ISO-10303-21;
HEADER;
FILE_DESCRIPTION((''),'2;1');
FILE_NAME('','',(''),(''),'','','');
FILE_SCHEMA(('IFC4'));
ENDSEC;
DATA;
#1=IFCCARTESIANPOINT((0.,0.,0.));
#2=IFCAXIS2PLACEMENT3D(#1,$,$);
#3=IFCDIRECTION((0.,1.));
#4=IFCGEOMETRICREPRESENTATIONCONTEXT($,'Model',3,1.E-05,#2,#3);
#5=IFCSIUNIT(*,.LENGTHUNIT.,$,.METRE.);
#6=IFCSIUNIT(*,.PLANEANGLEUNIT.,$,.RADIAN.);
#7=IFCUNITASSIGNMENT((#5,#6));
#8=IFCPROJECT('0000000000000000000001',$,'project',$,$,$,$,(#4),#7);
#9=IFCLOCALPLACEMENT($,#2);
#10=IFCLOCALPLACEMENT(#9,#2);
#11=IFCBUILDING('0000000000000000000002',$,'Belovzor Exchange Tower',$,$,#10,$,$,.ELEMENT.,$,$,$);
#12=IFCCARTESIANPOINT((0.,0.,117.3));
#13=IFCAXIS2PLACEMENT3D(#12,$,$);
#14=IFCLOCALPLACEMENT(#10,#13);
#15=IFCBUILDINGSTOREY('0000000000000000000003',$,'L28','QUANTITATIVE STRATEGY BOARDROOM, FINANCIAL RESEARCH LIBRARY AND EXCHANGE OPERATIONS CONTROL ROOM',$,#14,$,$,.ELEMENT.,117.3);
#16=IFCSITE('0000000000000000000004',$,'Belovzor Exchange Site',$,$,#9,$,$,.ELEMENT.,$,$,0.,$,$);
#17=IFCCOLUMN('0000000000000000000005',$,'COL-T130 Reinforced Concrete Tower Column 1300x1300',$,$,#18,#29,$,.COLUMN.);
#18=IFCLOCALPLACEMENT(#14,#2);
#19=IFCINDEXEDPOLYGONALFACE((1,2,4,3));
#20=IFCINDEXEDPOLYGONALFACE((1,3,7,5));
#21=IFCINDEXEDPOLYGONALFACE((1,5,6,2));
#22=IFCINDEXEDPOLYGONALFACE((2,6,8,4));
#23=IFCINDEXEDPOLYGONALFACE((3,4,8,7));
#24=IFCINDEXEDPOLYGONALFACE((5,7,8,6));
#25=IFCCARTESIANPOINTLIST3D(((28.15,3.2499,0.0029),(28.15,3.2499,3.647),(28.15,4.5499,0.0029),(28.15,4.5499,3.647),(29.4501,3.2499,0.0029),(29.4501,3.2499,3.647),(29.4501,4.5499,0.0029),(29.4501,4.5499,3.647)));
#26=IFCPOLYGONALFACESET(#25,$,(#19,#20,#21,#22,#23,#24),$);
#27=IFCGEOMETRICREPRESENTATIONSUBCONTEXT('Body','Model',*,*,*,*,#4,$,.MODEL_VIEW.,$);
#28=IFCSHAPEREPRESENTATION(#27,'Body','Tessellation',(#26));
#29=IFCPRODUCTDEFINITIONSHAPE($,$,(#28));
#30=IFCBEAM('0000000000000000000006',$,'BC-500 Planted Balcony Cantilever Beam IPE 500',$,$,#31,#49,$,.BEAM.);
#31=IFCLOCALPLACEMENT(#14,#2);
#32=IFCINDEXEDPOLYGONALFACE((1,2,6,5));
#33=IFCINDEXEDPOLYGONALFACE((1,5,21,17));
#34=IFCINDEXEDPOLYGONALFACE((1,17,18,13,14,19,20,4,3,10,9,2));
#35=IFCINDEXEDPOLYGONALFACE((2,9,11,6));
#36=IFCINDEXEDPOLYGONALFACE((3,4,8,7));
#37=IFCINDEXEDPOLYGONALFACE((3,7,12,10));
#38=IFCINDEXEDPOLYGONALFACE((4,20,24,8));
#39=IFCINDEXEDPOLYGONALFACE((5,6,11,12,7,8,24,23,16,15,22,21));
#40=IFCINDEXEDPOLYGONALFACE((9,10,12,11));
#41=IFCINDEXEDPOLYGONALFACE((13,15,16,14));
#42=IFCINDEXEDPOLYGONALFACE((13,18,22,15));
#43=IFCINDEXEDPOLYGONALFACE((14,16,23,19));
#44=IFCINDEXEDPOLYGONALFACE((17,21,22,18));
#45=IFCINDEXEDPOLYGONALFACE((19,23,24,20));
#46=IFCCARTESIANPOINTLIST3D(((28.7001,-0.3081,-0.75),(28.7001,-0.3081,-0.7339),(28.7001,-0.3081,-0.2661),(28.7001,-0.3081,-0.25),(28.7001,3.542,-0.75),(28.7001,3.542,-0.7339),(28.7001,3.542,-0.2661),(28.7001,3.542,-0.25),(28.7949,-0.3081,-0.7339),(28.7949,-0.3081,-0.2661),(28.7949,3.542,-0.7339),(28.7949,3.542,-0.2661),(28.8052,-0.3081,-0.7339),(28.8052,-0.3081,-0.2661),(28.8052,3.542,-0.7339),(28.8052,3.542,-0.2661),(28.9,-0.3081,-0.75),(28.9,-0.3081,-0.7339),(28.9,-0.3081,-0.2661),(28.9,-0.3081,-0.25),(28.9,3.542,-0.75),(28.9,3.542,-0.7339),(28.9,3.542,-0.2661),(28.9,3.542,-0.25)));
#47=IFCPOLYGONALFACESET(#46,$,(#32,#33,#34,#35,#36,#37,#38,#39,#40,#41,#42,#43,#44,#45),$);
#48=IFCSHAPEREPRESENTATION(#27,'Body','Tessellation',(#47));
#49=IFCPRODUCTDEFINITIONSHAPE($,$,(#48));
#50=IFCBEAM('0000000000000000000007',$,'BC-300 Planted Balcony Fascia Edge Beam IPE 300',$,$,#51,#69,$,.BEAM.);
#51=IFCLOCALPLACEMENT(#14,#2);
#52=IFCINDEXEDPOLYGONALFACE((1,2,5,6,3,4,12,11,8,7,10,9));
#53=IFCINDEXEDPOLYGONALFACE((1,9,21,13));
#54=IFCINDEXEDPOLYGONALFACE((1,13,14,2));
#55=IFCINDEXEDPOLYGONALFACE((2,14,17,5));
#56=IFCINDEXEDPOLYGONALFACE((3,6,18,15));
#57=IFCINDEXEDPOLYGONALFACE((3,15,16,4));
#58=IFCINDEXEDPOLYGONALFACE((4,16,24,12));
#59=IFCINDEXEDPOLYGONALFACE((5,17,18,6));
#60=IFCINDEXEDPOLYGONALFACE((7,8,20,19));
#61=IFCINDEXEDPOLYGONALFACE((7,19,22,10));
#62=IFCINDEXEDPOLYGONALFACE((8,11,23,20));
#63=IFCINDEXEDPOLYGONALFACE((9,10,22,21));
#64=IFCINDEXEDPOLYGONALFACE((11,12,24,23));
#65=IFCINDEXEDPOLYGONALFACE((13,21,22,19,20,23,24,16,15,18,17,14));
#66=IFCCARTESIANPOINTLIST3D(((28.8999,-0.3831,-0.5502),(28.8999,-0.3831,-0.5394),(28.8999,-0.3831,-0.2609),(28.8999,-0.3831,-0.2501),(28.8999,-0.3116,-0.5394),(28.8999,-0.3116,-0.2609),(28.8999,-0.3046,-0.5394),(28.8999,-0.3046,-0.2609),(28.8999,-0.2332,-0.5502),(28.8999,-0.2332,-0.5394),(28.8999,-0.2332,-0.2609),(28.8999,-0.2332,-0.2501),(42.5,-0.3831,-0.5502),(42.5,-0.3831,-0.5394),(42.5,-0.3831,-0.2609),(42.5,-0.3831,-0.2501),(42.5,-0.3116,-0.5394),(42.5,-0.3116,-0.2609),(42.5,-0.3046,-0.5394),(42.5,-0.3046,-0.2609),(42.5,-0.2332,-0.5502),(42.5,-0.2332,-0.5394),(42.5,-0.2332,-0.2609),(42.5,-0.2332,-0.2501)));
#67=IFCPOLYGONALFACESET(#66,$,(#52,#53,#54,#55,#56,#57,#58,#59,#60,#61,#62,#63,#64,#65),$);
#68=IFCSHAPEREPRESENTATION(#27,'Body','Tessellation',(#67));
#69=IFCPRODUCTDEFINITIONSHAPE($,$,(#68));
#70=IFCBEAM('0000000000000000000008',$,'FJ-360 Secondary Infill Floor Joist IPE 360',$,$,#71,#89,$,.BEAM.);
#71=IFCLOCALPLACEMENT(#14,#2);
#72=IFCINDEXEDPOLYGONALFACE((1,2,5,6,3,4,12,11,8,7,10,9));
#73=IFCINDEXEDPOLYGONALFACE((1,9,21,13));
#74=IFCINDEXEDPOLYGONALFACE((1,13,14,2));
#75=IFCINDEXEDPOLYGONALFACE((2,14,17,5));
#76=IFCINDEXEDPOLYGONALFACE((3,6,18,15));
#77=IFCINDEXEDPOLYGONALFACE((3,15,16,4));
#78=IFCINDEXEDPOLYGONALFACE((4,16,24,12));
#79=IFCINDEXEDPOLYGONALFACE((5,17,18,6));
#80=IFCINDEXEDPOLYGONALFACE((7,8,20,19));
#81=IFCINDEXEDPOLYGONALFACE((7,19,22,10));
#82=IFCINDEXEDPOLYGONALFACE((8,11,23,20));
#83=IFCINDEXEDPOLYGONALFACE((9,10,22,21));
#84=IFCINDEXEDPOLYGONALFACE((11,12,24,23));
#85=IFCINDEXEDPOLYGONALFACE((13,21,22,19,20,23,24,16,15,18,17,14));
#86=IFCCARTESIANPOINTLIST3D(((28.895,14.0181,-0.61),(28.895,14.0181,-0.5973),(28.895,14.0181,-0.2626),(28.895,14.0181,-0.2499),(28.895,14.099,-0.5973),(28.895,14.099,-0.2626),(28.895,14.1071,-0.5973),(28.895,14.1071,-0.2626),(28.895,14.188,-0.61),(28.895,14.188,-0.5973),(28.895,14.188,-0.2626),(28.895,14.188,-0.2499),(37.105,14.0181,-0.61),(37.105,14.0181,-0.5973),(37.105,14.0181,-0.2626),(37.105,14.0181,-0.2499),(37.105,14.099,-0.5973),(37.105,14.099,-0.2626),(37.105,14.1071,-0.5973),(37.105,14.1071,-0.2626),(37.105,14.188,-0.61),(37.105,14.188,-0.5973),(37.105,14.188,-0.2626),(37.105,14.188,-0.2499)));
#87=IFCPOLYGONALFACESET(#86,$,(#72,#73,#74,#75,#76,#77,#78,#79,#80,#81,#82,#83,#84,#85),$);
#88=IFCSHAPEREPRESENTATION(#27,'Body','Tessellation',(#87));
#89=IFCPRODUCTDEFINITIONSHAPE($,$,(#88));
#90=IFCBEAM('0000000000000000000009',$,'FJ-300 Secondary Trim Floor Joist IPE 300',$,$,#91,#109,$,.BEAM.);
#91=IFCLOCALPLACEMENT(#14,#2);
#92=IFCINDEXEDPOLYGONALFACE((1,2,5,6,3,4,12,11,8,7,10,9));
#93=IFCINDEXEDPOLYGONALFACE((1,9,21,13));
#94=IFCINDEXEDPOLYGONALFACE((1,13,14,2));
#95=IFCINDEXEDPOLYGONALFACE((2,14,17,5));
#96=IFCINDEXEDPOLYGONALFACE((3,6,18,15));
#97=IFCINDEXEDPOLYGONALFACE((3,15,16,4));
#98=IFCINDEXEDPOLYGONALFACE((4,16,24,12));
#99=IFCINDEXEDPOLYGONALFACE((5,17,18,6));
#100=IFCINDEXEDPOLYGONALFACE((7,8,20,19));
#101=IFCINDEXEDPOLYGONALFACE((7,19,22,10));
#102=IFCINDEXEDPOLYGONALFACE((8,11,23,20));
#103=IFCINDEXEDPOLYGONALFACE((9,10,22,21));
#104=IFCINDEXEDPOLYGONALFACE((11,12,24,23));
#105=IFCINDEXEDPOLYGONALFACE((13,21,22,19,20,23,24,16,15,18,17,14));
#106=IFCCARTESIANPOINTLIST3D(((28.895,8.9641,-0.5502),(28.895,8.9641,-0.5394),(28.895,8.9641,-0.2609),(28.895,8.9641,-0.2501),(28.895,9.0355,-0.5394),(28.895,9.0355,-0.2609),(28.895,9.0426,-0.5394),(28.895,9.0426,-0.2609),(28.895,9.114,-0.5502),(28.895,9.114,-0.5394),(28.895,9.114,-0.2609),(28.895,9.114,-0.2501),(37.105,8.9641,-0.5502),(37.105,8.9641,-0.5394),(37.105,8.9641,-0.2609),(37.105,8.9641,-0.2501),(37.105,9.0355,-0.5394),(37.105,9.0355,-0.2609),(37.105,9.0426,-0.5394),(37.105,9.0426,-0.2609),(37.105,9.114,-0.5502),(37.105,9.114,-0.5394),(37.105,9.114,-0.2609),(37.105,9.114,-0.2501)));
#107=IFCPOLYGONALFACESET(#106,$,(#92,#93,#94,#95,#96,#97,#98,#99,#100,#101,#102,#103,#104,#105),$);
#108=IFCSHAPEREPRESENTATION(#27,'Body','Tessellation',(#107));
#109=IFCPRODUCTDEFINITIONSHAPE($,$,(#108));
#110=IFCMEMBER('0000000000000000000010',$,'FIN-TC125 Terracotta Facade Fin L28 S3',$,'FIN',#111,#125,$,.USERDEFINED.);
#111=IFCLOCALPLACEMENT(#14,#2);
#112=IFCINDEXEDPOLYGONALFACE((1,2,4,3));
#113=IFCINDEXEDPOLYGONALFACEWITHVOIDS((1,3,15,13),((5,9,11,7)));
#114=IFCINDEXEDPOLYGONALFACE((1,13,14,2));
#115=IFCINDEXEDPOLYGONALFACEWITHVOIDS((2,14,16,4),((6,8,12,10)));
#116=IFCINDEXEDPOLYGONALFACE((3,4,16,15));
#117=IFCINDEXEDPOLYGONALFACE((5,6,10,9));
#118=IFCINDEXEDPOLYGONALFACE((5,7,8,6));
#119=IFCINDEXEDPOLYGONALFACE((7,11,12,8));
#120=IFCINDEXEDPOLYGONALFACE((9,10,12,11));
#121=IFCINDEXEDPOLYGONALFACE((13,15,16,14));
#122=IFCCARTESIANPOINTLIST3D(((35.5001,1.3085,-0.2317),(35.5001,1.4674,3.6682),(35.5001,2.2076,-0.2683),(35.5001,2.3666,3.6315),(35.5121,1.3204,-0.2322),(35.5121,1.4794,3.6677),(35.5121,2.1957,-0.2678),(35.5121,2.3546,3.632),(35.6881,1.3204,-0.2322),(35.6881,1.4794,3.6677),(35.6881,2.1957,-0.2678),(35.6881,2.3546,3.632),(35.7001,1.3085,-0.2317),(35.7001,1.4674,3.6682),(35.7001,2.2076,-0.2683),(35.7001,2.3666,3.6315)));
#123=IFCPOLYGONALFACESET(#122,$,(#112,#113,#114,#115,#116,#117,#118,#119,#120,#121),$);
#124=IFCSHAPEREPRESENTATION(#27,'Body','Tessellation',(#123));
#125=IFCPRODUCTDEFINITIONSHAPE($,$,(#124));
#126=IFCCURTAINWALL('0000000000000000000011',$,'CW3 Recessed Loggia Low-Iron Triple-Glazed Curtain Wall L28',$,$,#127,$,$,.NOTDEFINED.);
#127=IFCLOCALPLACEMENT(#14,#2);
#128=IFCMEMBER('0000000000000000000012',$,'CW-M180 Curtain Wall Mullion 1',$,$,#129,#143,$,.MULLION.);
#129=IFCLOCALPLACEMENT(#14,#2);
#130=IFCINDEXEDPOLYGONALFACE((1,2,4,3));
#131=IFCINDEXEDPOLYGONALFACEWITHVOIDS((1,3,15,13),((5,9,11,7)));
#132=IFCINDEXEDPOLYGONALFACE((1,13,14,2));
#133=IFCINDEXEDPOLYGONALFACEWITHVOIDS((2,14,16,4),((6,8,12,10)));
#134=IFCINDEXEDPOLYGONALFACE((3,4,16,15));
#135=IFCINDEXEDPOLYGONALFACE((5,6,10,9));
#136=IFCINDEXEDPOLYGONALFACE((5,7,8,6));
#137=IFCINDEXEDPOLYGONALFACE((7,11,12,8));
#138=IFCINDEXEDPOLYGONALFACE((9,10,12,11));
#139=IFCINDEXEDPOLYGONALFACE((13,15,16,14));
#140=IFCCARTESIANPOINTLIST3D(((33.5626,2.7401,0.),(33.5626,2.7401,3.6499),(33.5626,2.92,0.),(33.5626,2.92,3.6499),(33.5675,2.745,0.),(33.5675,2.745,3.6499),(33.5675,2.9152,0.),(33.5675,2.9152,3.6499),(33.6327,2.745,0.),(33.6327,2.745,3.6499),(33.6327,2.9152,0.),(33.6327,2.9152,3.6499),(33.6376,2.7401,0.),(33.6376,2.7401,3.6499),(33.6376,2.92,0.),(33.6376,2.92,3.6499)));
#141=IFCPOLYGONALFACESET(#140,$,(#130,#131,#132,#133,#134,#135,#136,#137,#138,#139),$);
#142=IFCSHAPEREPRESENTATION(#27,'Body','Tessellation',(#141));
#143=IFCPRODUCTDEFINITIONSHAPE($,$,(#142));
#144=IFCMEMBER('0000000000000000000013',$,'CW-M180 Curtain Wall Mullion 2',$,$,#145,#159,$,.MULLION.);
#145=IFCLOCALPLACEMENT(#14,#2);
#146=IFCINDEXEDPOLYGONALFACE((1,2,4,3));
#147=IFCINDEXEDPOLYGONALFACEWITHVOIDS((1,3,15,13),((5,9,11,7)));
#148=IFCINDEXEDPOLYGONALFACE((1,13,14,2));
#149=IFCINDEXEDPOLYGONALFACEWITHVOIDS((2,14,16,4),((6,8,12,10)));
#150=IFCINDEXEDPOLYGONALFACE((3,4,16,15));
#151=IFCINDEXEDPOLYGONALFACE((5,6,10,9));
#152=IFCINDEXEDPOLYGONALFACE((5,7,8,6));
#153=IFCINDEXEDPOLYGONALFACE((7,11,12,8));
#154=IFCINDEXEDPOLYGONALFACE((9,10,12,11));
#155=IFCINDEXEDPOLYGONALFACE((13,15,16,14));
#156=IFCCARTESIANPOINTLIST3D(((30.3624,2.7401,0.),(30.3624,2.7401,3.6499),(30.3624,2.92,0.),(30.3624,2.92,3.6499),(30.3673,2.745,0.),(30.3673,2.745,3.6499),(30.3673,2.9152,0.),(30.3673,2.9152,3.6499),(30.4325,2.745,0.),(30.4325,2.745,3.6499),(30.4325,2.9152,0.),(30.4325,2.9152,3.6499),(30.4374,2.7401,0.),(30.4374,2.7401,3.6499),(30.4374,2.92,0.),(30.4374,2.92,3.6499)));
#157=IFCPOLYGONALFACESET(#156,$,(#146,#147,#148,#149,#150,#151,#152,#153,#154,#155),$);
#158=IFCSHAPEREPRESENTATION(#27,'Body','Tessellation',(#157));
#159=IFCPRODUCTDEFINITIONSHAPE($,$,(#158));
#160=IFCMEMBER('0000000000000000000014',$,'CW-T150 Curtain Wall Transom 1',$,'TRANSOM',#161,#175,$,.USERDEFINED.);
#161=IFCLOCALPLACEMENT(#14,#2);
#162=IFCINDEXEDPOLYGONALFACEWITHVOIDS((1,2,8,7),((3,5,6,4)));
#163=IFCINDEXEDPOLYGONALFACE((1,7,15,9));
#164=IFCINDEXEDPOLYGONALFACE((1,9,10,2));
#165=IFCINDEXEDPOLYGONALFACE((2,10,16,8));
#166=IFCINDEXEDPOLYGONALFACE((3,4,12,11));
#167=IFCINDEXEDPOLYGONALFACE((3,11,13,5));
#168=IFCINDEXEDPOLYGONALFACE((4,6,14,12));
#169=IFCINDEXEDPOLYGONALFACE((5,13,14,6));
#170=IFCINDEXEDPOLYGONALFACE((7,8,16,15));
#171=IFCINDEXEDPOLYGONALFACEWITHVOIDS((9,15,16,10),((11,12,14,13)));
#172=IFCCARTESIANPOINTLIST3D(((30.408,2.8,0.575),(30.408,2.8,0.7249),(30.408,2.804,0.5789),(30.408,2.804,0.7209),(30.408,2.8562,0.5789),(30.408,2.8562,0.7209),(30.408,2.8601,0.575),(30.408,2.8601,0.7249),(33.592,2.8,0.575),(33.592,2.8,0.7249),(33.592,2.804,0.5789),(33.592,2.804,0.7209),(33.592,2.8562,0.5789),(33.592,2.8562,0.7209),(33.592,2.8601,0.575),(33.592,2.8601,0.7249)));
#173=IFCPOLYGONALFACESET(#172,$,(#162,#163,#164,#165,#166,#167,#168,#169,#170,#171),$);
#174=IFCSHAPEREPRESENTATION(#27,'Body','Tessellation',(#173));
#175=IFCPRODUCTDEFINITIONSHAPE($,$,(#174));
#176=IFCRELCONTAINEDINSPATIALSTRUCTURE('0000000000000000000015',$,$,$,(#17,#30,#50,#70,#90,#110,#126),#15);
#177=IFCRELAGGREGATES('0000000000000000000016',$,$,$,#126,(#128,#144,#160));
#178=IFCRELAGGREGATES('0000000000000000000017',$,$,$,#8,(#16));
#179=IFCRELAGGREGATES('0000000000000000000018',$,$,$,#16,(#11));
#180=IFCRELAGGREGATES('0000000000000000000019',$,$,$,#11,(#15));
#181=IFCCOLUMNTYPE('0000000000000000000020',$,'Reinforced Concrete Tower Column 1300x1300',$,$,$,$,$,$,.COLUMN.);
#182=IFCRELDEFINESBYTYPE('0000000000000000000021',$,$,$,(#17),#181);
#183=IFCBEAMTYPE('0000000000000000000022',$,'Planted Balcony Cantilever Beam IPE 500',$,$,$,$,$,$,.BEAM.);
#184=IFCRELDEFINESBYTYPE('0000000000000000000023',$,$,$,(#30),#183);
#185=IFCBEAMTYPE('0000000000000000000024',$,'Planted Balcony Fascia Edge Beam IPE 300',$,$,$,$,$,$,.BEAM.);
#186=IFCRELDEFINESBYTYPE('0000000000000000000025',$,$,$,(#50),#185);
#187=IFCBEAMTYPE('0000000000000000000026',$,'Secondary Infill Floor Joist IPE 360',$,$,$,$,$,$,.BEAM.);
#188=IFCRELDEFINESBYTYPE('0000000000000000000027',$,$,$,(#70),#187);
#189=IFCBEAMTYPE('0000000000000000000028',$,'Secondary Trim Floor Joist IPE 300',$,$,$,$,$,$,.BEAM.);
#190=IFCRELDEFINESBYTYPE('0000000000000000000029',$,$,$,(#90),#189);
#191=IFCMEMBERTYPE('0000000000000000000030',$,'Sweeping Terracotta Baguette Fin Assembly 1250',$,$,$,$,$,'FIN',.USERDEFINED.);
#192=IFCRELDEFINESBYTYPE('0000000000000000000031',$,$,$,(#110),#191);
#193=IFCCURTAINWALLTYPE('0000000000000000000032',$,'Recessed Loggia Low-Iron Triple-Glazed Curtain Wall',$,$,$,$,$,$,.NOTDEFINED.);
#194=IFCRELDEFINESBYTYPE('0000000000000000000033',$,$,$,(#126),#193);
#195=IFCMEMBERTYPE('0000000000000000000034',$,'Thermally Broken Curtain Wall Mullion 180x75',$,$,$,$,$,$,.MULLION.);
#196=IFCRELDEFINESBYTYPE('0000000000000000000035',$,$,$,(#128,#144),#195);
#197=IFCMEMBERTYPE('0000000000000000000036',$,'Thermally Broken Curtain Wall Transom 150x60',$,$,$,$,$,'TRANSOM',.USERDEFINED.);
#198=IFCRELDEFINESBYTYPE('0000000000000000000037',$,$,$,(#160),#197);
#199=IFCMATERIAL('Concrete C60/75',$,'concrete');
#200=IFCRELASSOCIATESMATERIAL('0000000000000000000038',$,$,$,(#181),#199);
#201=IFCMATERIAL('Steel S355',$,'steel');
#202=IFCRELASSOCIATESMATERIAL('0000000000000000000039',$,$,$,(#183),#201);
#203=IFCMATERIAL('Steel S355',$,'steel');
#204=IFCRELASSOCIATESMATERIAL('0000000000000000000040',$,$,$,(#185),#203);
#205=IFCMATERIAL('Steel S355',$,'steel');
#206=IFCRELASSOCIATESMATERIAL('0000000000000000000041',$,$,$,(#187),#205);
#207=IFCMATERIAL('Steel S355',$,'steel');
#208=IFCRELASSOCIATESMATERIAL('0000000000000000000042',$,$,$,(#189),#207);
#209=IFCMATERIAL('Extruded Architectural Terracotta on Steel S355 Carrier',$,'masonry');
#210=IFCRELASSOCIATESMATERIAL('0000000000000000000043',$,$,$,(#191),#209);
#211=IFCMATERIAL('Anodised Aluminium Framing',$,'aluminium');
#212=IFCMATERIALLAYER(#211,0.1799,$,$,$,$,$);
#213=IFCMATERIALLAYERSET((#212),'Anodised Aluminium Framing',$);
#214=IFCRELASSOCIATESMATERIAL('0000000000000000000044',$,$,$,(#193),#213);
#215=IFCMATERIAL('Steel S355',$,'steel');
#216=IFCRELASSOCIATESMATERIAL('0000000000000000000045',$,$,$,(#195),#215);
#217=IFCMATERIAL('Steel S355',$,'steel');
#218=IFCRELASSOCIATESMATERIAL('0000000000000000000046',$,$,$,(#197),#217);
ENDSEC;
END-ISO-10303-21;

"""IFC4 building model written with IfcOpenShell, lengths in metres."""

from ifc_helpers import new_model, si_unit, direction, frame, origin, origin_2d, place, context, subcontext, project, spatial, rectangle, hollow_rectangle, i_section, extrude, material, layer, layer_set, material_profile, profile_set, type_object, element, aggregate, save


model = new_model("IFC4")

# Units and contexts
model_context = context("Model", 3, precision=1e-05, world=origin(), true_north=direction((0.0, 1.0)))
body_context = subcontext(model_context, "Body", "Model", "MODEL_VIEW")
ifc_project = project(units=[si_unit("LENGTHUNIT", "METRE"), si_unit("PLANEANGLEUNIT", "RADIAN")], contexts=[model_context])

# Site, building, storey
site_placement = place(None, origin())
site = spatial("IfcSite", under=ifc_project, at=site_placement, Name="Belovzor Exchange Site", CompositionType="ELEMENT", RefElevation=0.0)
building_placement = place(site_placement, origin())
building = spatial("IfcBuilding", under=site, at=building_placement, Name="Belovzor Exchange Tower", CompositionType="ELEMENT")
storey_placement = place(building_placement, frame((0.0, 0.0, 117.3)))
storey = spatial("IfcBuildingStorey", under=building, at=storey_placement, Name="L28", Description="QUANTITATIVE STRATEGY BOARDROOM, FINANCIAL RESEARCH LIBRARY AND EXCHANGE OPERATIONS CONTROL ROOM", CompositionType="ELEMENT", Elevation=117.3)

# Column
ifc_material_1 = material(Name="Concrete C60/75", Category="concrete")
ifc_material_profile_1 = material_profile(ifc_material_1, rectangle(XDim=1.3, YDim=1.3, at=origin_2d()))
ifc_profile_set_1 = profile_set([ifc_material_profile_1], Name="Concrete C60/75")
column_type = type_object("IfcColumnType", Name="Reinforced Concrete Tower Column 1300x1300", PredefinedType="COLUMN", material=ifc_profile_set_1)
column_placement = place(storey_placement, frame((28.8, 3.8999, 0.0029), z_axis=(0.0, 0.0, 1.0), x_axis=(1.0, 0.0, 0.0)))
element("IfcColumn", 1, at=column_placement, inside=storey, type_object=column_type, Name="COL-T130 Reinforced Concrete Tower Column 1300x1300", PredefinedType="COLUMN", context=body_context, shape_type="SweptSolid", body=[
    extrude(rectangle(XDim=1.3, YDim=1.3, at=origin_2d()), origin(), (0.0, 0.0, 1.0), 3.644),
])

# Beams
ifc_material_2 = material(Name="Steel S355", Category="steel")
ifc_material_profile_2 = material_profile(ifc_material_2, i_section(OverallWidth=0.2, OverallDepth=0.5, WebThickness=0.0103, FlangeThickness=0.0161, at=origin_2d()))
ifc_profile_set_2 = profile_set([ifc_material_profile_2], Name="Steel S355")
beam_type_1 = type_object("IfcBeamType", Name="Planted Balcony Cantilever Beam IPE 500", PredefinedType="BEAM", material=ifc_profile_set_2)
beam_1_placement = place(storey_placement, frame((28.8, 3.542, -0.5), z_axis=(0.0, -1.0, 0.0), x_axis=(1.0, 0.0, 0.0)))
element("IfcBeam", 2, at=beam_1_placement, inside=storey, type_object=beam_type_1, Name="BC-500 Planted Balcony Cantilever Beam IPE 500", PredefinedType="BEAM", context=body_context, shape_type="SweptSolid", body=[
    extrude(i_section(OverallWidth=0.2, OverallDepth=0.5, WebThickness=0.0103, FlangeThickness=0.0161, at=origin_2d()), origin(), (0.0, 0.0, 1.0), 3.8501),
])
ifc_material_3 = material(Name="Steel S355", Category="steel")
ifc_material_profile_3 = material_profile(ifc_material_3, i_section(OverallWidth=0.1499, OverallDepth=0.3, WebThickness=0.0071, FlangeThickness=0.0107, at=origin_2d()))
ifc_profile_set_3 = profile_set([ifc_material_profile_3], Name="Steel S355")
beam_type_2 = type_object("IfcBeamType", Name="Planted Balcony Fascia Edge Beam IPE 300", PredefinedType="BEAM", material=ifc_profile_set_3)
beam_2_placement = place(storey_placement, frame((28.8999, -0.3081, -0.4001), z_axis=(1.0, 0.0, 0.0), x_axis=(0.0, 1.0, 0.0)))
element("IfcBeam", 3, at=beam_2_placement, inside=storey, type_object=beam_type_2, Name="BC-300 Planted Balcony Fascia Edge Beam IPE 300", PredefinedType="BEAM", context=body_context, shape_type="SweptSolid", body=[
    extrude(i_section(OverallWidth=0.1499, OverallDepth=0.3, WebThickness=0.0071, FlangeThickness=0.0107, at=origin_2d()), origin(), (0.0, 0.0, 1.0), 13.6001),
])
ifc_material_4 = material(Name="Steel S355", Category="steel")
ifc_material_profile_4 = material_profile(ifc_material_4, i_section(OverallWidth=0.1699, OverallDepth=0.3601, WebThickness=0.0081, FlangeThickness=0.0127, at=origin_2d()))
ifc_profile_set_4 = profile_set([ifc_material_profile_4], Name="Steel S355")
beam_type_3 = type_object("IfcBeamType", Name="Secondary Infill Floor Joist IPE 360", PredefinedType="BEAM", material=ifc_profile_set_4)
beam_3_placement = place(storey_placement, frame((28.895, 14.103, -0.4299), z_axis=(1.0, 0.0, 0.0), x_axis=(0.0, 1.0, 0.0)))
element("IfcBeam", 4, at=beam_3_placement, inside=storey, type_object=beam_type_3, Name="FJ-360 Secondary Infill Floor Joist IPE 360", PredefinedType="BEAM", context=body_context, shape_type="SweptSolid", body=[
    extrude(i_section(OverallWidth=0.1699, OverallDepth=0.3601, WebThickness=0.0081, FlangeThickness=0.0127, at=origin_2d()), origin(), (0.0, 0.0, 1.0), 8.21),
])
ifc_material_5 = material(Name="Steel S355", Category="steel")
ifc_material_profile_5 = material_profile(ifc_material_5, i_section(OverallWidth=0.1499, OverallDepth=0.3, WebThickness=0.0071, FlangeThickness=0.0107, at=origin_2d()))
ifc_profile_set_5 = profile_set([ifc_material_profile_5], Name="Steel S355")
beam_type_4 = type_object("IfcBeamType", Name="Secondary Trim Floor Joist IPE 300", PredefinedType="BEAM", material=ifc_profile_set_5)
beam_4_placement = place(storey_placement, frame((28.895, 9.0391, -0.4001), z_axis=(1.0, 0.0, 0.0), x_axis=(0.0, 1.0, 0.0)))
element("IfcBeam", 5, at=beam_4_placement, inside=storey, type_object=beam_type_4, Name="FJ-300 Secondary Trim Floor Joist IPE 300", PredefinedType="BEAM", context=body_context, shape_type="SweptSolid", body=[
    extrude(i_section(OverallWidth=0.1499, OverallDepth=0.3, WebThickness=0.0071, FlangeThickness=0.0107, at=origin_2d()), origin(), (0.0, 0.0, 1.0), 8.21),
])

# Member
ifc_material_6 = material(Name="Extruded Architectural Terracotta on Steel S355 Carrier", Category="masonry")
ifc_material_profile_6 = material_profile(ifc_material_6, hollow_rectangle(XDim=0.2, YDim=0.8999, WallThickness=0.012, at=origin_2d()))
ifc_profile_set_6 = profile_set([ifc_material_profile_6], Name="Extruded Architectural Terracotta on Steel S355 Carrier")
member_type_1 = type_object("IfcMemberType", Name="Sweeping Terracotta Baguette Fin Assembly 1250", ElementType="FIN", PredefinedType="USERDEFINED", material=ifc_profile_set_6)
member_1_placement = place(storey_placement, frame((35.6001, 1.7581, -0.25), z_axis=(0.0, 0.04072, 0.999171), x_axis=(-1.0, 0.0, 0.0)))
element("IfcMember", 6, at=member_1_placement, inside=storey, type_object=member_type_1, Name="FIN-TC125 Terracotta Facade Fin L28 S3", ObjectType="FIN", PredefinedType="USERDEFINED", context=body_context, shape_type="SweptSolid", body=[
    extrude(hollow_rectangle(XDim=0.2, YDim=0.8999, WallThickness=0.012, at=origin_2d()), origin(), (0.0, 0.0, 1.0), 3.9031),
])

# Curtain wall, members
ifc_material_7 = material(Name="Anodised Aluminium Framing", Category="aluminium")
ifc_layer_1 = layer(ifc_material_7, 0.1799)
ifc_layer_set_1 = layer_set([ifc_layer_1], Name="Anodised Aluminium Framing")
curtain_wall_type = type_object("IfcCurtainWallType", Name="Recessed Loggia Low-Iron Triple-Glazed Curtain Wall", PredefinedType="NOTDEFINED", material=ifc_layer_set_1)
curtain_wall_placement = place(storey_placement, origin())
curtain_wall = element("IfcCurtainWall", 7, at=curtain_wall_placement, inside=storey, type_object=curtain_wall_type, Name="CW3 Recessed Loggia Low-Iron Triple-Glazed Curtain Wall L28", PredefinedType="NOTDEFINED")
ifc_material_8 = material(Name="Steel S355", Category="steel")
ifc_material_profile_7 = material_profile(ifc_material_8, hollow_rectangle(XDim=0.075, YDim=0.1799, WallThickness=0.0049, at=origin_2d()))
ifc_profile_set_7 = profile_set([ifc_material_profile_7], Name="Steel S355")
member_type_2 = type_object("IfcMemberType", Name="Thermally Broken Curtain Wall Mullion 180x75", PredefinedType="MULLION", material=ifc_profile_set_7)
member_2_placement = place(storey_placement, frame((33.6001, 2.8301, 0.0), z_axis=(0.0, 0.0, 1.0), x_axis=(-1.0, 0.0, 0.0)))
member_2 = element("IfcMember", 8, at=member_2_placement, type_object=member_type_2, Name="CW-M180 Curtain Wall Mullion 1", PredefinedType="MULLION", context=body_context, shape_type="SweptSolid", body=[
    extrude(hollow_rectangle(XDim=0.075, YDim=0.1799, WallThickness=0.0049, at=origin_2d()), origin(), (0.0, 0.0, 1.0), 3.6499),
])
member_3_placement = place(storey_placement, frame((30.3999, 2.8301, 0.0), z_axis=(0.0, 0.0, 1.0), x_axis=(-1.0, 0.0, 0.0)))
member_3 = element("IfcMember", 9, at=member_3_placement, type_object=member_type_2, Name="CW-M180 Curtain Wall Mullion 2", PredefinedType="MULLION", context=body_context, shape_type="SweptSolid", body=[
    extrude(hollow_rectangle(XDim=0.075, YDim=0.1799, WallThickness=0.0049, at=origin_2d()), origin(), (0.0, 0.0, 1.0), 3.6499),
])
ifc_material_9 = material(Name="Steel S355", Category="steel")
ifc_material_profile_8 = material_profile(ifc_material_9, hollow_rectangle(XDim=0.0601, YDim=0.1499, WallThickness=0.0039, at=origin_2d()))
ifc_profile_set_8 = profile_set([ifc_material_profile_8], Name="Steel S355")
member_type_3 = type_object("IfcMemberType", Name="Thermally Broken Curtain Wall Transom 150x60", ElementType="TRANSOM", PredefinedType="USERDEFINED", material=ifc_profile_set_8)
member_4_placement = place(storey_placement, frame((33.592, 2.8301, 0.6499), z_axis=(-1.0, 0.0, 0.0), x_axis=(0.0, -1.0, 0.0)))
member_4 = element("IfcMember", 10, at=member_4_placement, type_object=member_type_3, Name="CW-T150 Curtain Wall Transom 1", ObjectType="TRANSOM", PredefinedType="USERDEFINED", context=body_context, shape_type="SweptSolid", body=[
    extrude(hollow_rectangle(XDim=0.0601, YDim=0.1499, WallThickness=0.0039, at=origin_2d()), origin(), (0.0, 0.0, 1.0), 3.1841),
])

aggregate(curtain_wall, [member_2, member_3, member_4])

save(model, "model.ifc")
